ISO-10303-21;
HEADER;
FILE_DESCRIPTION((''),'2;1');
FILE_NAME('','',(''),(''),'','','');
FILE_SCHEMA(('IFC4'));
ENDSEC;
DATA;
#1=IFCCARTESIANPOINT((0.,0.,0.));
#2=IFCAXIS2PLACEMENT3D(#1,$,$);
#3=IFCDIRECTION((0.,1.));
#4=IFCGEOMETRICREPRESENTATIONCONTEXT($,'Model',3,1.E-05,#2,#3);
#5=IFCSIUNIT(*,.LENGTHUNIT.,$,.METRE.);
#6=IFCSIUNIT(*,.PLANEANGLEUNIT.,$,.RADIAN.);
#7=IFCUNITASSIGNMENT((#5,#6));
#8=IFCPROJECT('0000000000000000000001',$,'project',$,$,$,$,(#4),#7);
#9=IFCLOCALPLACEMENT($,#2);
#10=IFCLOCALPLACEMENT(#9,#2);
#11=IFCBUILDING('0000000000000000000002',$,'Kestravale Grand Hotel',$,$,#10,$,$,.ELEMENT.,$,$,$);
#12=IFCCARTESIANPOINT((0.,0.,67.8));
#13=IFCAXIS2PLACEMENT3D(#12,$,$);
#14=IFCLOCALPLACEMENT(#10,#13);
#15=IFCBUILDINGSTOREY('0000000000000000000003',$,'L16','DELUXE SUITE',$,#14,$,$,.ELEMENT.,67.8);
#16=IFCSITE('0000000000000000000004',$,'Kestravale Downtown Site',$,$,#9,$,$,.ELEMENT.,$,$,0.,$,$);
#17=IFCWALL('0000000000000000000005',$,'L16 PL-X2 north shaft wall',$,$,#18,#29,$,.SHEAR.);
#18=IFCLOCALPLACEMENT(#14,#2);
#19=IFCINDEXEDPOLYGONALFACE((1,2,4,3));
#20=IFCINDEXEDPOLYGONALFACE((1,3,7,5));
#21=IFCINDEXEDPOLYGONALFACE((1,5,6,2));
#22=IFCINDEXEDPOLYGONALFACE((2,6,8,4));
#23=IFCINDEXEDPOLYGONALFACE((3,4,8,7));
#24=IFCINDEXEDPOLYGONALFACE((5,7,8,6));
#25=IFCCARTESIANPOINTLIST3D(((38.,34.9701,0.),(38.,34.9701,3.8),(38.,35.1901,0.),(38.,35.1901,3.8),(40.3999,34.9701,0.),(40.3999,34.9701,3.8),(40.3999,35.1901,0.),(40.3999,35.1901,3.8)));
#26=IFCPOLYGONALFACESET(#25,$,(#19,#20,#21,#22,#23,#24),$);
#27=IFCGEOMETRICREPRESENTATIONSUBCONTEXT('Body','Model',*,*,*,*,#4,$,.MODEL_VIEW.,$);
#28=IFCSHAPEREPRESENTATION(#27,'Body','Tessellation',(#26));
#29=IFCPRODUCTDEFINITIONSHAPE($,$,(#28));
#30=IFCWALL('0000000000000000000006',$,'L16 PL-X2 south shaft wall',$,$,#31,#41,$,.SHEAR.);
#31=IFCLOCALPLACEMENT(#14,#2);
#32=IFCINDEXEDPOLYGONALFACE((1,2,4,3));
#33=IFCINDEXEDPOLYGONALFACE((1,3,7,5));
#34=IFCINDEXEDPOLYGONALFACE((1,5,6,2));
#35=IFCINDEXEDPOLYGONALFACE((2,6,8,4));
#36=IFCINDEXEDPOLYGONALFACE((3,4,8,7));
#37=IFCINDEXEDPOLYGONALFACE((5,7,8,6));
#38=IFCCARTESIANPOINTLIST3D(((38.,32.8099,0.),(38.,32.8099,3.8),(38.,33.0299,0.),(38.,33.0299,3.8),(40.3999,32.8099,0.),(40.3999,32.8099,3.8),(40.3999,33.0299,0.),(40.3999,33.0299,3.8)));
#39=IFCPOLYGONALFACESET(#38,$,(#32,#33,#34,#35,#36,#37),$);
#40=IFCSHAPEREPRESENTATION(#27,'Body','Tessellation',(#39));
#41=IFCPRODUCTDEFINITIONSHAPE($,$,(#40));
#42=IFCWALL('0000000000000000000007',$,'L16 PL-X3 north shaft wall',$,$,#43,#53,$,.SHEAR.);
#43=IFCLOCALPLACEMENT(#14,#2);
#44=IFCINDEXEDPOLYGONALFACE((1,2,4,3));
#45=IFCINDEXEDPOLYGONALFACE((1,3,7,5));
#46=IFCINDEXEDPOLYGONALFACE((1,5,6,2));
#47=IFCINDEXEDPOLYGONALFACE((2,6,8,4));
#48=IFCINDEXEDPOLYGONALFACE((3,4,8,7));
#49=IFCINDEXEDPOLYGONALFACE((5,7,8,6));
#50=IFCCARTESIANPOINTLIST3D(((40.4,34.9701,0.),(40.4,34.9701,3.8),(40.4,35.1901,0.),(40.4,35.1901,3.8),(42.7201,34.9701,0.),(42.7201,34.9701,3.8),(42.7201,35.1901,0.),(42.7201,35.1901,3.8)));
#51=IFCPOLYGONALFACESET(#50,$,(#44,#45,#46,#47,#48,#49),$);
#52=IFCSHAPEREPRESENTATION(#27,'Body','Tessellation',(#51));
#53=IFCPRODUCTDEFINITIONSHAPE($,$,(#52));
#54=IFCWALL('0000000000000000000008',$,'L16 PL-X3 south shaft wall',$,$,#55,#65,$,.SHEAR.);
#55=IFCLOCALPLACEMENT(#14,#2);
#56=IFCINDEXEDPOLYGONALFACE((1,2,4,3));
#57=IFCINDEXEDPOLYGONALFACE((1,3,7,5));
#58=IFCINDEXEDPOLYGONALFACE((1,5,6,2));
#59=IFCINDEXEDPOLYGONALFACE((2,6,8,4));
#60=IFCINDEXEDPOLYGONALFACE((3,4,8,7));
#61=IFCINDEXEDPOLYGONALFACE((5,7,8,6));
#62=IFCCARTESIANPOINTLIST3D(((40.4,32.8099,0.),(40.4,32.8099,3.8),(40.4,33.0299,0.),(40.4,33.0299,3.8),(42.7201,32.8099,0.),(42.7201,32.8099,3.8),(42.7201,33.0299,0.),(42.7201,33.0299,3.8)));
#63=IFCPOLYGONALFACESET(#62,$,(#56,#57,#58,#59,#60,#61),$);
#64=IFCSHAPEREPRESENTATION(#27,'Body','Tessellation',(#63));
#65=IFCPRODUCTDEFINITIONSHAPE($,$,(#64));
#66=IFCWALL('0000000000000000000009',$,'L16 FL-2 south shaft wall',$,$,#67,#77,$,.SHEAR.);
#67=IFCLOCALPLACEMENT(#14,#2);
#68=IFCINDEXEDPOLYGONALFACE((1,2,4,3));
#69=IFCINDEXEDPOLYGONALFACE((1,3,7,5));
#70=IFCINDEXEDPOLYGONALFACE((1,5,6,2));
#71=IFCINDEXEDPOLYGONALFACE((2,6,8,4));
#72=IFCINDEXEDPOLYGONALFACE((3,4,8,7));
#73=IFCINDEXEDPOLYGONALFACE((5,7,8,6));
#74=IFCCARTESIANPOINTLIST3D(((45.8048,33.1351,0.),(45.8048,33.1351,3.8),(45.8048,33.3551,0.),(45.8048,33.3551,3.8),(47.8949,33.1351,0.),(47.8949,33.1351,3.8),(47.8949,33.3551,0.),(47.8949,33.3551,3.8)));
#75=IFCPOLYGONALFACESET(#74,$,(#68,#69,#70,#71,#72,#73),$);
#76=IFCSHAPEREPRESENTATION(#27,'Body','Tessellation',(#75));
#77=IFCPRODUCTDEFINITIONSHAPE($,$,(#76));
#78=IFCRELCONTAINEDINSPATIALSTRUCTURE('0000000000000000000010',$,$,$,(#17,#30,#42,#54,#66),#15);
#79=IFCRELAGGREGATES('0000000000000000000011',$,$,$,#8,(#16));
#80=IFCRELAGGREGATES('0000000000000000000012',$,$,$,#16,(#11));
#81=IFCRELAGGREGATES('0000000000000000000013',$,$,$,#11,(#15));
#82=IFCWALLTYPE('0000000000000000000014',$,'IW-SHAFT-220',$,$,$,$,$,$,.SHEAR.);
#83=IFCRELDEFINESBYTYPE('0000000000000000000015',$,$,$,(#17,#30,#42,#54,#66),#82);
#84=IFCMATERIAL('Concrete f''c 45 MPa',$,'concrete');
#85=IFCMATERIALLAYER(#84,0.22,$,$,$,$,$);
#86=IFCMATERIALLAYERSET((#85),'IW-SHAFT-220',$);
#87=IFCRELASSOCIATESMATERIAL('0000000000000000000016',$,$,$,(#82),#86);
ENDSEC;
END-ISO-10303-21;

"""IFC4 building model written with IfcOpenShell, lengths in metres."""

from ifc_helpers import new_model, si_unit, direction, frame, frame_2d, origin, place, context, subcontext, project, spatial, rectangle, extrude, material, layer, layer_set, type_object, element, save


model = new_model("IFC4")

# Units and contexts
model_context = context("Model", 3, precision=1e-05, world=origin(), true_north=direction((0.0, 1.0)))
body_context = subcontext(model_context, "Body", "Model", "MODEL_VIEW")
ifc_project = project(units=[si_unit("LENGTHUNIT", "METRE"), si_unit("PLANEANGLEUNIT", "RADIAN")], contexts=[model_context])

# Site, building, storey
site_placement = place(None, origin())
site = spatial("IfcSite", under=ifc_project, at=site_placement, Name="Kestravale Downtown Site", CompositionType="ELEMENT", RefElevation=0.0)
building_placement = place(site_placement, origin())
building = spatial("IfcBuilding", under=site, at=building_placement, Name="Kestravale Grand Hotel", CompositionType="ELEMENT")
storey_placement = place(building_placement, frame((0.0, 0.0, 67.8)))
storey = spatial("IfcBuildingStorey", under=building, at=storey_placement, Name="L16", Description="DELUXE SUITE", CompositionType="ELEMENT", Elevation=67.8)

# Walls
ifc_material_1 = material(Name="Concrete f'c 45 MPa", Category="concrete")
ifc_layer_1 = layer(ifc_material_1, 0.22)
ifc_layer_set_1 = layer_set([ifc_layer_1], Name="IW-SHAFT-220")
wall_type_1 = type_object("IfcWallType", Name="IW-SHAFT-220", PredefinedType="SHEAR", material=ifc_layer_set_1)
for number, where, z_axis, x_axis, name in (
    (1, (38.0, 35.0801, 0.0), (0.0, 0.0, 1.0), (1.0, 0.0, 0.0), "L16 PL-X2 north shaft wall"),
    (2, (38.0, 32.9199, 0.0), (0.0, 0.0, 1.0), (1.0, 0.0, 0.0), "L16 PL-X2 south shaft wall"),
):
    element("IfcWall", number, at=place(storey_placement, frame(where, z_axis=z_axis, x_axis=x_axis)), inside=storey, type_object=wall_type_1, Name=name, PredefinedType="SHEAR", context=body_context, shape_type="SweptSolid", body=[
        extrude(rectangle(XDim=2.3999, YDim=0.22, at=frame_2d((1.2, 0.0))), origin(), (0.0, 0.0, 1.0), 3.8),
    ])
for number, where, z_axis, x_axis, name in (
    (3, (40.3999, 35.0801, 0.0), (0.0, 0.0, 1.0), (1.0, 0.0, 0.0), "L16 PL-X3 north shaft wall"),
    (4, (40.3999, 32.9199, 0.0), (0.0, 0.0, 1.0), (1.0, 0.0, 0.0), "L16 PL-X3 south shaft wall"),
):
    element("IfcWall", number, at=place(storey_placement, frame(where, z_axis=z_axis, x_axis=x_axis)), inside=storey, type_object=wall_type_1, Name=name, PredefinedType="SHEAR", context=body_context, shape_type="SweptSolid", body=[
        extrude(rectangle(XDim=2.3201, YDim=0.22, at=frame_2d((1.1602, 0.0))), origin(), (0.0, 0.0, 1.0), 3.8),
    ])

# Wall
wall_1_placement = place(storey_placement, frame((45.8049, 33.2451, 0.0), z_axis=(0.0, 0.0, 1.0), x_axis=(1.0, 0.0, 0.0)))
element("IfcWall", 5, at=wall_1_placement, inside=storey, type_object=wall_type_1, Name="L16 FL-2 south shaft wall", PredefinedType="SHEAR", context=body_context, shape_type="SweptSolid", body=[
    extrude(rectangle(XDim=2.0901, YDim=0.22, at=frame_2d((1.0449, 0.0))), origin(), (0.0, 0.0, 1.0), 3.8),
])

save(model, "model.ifc")
